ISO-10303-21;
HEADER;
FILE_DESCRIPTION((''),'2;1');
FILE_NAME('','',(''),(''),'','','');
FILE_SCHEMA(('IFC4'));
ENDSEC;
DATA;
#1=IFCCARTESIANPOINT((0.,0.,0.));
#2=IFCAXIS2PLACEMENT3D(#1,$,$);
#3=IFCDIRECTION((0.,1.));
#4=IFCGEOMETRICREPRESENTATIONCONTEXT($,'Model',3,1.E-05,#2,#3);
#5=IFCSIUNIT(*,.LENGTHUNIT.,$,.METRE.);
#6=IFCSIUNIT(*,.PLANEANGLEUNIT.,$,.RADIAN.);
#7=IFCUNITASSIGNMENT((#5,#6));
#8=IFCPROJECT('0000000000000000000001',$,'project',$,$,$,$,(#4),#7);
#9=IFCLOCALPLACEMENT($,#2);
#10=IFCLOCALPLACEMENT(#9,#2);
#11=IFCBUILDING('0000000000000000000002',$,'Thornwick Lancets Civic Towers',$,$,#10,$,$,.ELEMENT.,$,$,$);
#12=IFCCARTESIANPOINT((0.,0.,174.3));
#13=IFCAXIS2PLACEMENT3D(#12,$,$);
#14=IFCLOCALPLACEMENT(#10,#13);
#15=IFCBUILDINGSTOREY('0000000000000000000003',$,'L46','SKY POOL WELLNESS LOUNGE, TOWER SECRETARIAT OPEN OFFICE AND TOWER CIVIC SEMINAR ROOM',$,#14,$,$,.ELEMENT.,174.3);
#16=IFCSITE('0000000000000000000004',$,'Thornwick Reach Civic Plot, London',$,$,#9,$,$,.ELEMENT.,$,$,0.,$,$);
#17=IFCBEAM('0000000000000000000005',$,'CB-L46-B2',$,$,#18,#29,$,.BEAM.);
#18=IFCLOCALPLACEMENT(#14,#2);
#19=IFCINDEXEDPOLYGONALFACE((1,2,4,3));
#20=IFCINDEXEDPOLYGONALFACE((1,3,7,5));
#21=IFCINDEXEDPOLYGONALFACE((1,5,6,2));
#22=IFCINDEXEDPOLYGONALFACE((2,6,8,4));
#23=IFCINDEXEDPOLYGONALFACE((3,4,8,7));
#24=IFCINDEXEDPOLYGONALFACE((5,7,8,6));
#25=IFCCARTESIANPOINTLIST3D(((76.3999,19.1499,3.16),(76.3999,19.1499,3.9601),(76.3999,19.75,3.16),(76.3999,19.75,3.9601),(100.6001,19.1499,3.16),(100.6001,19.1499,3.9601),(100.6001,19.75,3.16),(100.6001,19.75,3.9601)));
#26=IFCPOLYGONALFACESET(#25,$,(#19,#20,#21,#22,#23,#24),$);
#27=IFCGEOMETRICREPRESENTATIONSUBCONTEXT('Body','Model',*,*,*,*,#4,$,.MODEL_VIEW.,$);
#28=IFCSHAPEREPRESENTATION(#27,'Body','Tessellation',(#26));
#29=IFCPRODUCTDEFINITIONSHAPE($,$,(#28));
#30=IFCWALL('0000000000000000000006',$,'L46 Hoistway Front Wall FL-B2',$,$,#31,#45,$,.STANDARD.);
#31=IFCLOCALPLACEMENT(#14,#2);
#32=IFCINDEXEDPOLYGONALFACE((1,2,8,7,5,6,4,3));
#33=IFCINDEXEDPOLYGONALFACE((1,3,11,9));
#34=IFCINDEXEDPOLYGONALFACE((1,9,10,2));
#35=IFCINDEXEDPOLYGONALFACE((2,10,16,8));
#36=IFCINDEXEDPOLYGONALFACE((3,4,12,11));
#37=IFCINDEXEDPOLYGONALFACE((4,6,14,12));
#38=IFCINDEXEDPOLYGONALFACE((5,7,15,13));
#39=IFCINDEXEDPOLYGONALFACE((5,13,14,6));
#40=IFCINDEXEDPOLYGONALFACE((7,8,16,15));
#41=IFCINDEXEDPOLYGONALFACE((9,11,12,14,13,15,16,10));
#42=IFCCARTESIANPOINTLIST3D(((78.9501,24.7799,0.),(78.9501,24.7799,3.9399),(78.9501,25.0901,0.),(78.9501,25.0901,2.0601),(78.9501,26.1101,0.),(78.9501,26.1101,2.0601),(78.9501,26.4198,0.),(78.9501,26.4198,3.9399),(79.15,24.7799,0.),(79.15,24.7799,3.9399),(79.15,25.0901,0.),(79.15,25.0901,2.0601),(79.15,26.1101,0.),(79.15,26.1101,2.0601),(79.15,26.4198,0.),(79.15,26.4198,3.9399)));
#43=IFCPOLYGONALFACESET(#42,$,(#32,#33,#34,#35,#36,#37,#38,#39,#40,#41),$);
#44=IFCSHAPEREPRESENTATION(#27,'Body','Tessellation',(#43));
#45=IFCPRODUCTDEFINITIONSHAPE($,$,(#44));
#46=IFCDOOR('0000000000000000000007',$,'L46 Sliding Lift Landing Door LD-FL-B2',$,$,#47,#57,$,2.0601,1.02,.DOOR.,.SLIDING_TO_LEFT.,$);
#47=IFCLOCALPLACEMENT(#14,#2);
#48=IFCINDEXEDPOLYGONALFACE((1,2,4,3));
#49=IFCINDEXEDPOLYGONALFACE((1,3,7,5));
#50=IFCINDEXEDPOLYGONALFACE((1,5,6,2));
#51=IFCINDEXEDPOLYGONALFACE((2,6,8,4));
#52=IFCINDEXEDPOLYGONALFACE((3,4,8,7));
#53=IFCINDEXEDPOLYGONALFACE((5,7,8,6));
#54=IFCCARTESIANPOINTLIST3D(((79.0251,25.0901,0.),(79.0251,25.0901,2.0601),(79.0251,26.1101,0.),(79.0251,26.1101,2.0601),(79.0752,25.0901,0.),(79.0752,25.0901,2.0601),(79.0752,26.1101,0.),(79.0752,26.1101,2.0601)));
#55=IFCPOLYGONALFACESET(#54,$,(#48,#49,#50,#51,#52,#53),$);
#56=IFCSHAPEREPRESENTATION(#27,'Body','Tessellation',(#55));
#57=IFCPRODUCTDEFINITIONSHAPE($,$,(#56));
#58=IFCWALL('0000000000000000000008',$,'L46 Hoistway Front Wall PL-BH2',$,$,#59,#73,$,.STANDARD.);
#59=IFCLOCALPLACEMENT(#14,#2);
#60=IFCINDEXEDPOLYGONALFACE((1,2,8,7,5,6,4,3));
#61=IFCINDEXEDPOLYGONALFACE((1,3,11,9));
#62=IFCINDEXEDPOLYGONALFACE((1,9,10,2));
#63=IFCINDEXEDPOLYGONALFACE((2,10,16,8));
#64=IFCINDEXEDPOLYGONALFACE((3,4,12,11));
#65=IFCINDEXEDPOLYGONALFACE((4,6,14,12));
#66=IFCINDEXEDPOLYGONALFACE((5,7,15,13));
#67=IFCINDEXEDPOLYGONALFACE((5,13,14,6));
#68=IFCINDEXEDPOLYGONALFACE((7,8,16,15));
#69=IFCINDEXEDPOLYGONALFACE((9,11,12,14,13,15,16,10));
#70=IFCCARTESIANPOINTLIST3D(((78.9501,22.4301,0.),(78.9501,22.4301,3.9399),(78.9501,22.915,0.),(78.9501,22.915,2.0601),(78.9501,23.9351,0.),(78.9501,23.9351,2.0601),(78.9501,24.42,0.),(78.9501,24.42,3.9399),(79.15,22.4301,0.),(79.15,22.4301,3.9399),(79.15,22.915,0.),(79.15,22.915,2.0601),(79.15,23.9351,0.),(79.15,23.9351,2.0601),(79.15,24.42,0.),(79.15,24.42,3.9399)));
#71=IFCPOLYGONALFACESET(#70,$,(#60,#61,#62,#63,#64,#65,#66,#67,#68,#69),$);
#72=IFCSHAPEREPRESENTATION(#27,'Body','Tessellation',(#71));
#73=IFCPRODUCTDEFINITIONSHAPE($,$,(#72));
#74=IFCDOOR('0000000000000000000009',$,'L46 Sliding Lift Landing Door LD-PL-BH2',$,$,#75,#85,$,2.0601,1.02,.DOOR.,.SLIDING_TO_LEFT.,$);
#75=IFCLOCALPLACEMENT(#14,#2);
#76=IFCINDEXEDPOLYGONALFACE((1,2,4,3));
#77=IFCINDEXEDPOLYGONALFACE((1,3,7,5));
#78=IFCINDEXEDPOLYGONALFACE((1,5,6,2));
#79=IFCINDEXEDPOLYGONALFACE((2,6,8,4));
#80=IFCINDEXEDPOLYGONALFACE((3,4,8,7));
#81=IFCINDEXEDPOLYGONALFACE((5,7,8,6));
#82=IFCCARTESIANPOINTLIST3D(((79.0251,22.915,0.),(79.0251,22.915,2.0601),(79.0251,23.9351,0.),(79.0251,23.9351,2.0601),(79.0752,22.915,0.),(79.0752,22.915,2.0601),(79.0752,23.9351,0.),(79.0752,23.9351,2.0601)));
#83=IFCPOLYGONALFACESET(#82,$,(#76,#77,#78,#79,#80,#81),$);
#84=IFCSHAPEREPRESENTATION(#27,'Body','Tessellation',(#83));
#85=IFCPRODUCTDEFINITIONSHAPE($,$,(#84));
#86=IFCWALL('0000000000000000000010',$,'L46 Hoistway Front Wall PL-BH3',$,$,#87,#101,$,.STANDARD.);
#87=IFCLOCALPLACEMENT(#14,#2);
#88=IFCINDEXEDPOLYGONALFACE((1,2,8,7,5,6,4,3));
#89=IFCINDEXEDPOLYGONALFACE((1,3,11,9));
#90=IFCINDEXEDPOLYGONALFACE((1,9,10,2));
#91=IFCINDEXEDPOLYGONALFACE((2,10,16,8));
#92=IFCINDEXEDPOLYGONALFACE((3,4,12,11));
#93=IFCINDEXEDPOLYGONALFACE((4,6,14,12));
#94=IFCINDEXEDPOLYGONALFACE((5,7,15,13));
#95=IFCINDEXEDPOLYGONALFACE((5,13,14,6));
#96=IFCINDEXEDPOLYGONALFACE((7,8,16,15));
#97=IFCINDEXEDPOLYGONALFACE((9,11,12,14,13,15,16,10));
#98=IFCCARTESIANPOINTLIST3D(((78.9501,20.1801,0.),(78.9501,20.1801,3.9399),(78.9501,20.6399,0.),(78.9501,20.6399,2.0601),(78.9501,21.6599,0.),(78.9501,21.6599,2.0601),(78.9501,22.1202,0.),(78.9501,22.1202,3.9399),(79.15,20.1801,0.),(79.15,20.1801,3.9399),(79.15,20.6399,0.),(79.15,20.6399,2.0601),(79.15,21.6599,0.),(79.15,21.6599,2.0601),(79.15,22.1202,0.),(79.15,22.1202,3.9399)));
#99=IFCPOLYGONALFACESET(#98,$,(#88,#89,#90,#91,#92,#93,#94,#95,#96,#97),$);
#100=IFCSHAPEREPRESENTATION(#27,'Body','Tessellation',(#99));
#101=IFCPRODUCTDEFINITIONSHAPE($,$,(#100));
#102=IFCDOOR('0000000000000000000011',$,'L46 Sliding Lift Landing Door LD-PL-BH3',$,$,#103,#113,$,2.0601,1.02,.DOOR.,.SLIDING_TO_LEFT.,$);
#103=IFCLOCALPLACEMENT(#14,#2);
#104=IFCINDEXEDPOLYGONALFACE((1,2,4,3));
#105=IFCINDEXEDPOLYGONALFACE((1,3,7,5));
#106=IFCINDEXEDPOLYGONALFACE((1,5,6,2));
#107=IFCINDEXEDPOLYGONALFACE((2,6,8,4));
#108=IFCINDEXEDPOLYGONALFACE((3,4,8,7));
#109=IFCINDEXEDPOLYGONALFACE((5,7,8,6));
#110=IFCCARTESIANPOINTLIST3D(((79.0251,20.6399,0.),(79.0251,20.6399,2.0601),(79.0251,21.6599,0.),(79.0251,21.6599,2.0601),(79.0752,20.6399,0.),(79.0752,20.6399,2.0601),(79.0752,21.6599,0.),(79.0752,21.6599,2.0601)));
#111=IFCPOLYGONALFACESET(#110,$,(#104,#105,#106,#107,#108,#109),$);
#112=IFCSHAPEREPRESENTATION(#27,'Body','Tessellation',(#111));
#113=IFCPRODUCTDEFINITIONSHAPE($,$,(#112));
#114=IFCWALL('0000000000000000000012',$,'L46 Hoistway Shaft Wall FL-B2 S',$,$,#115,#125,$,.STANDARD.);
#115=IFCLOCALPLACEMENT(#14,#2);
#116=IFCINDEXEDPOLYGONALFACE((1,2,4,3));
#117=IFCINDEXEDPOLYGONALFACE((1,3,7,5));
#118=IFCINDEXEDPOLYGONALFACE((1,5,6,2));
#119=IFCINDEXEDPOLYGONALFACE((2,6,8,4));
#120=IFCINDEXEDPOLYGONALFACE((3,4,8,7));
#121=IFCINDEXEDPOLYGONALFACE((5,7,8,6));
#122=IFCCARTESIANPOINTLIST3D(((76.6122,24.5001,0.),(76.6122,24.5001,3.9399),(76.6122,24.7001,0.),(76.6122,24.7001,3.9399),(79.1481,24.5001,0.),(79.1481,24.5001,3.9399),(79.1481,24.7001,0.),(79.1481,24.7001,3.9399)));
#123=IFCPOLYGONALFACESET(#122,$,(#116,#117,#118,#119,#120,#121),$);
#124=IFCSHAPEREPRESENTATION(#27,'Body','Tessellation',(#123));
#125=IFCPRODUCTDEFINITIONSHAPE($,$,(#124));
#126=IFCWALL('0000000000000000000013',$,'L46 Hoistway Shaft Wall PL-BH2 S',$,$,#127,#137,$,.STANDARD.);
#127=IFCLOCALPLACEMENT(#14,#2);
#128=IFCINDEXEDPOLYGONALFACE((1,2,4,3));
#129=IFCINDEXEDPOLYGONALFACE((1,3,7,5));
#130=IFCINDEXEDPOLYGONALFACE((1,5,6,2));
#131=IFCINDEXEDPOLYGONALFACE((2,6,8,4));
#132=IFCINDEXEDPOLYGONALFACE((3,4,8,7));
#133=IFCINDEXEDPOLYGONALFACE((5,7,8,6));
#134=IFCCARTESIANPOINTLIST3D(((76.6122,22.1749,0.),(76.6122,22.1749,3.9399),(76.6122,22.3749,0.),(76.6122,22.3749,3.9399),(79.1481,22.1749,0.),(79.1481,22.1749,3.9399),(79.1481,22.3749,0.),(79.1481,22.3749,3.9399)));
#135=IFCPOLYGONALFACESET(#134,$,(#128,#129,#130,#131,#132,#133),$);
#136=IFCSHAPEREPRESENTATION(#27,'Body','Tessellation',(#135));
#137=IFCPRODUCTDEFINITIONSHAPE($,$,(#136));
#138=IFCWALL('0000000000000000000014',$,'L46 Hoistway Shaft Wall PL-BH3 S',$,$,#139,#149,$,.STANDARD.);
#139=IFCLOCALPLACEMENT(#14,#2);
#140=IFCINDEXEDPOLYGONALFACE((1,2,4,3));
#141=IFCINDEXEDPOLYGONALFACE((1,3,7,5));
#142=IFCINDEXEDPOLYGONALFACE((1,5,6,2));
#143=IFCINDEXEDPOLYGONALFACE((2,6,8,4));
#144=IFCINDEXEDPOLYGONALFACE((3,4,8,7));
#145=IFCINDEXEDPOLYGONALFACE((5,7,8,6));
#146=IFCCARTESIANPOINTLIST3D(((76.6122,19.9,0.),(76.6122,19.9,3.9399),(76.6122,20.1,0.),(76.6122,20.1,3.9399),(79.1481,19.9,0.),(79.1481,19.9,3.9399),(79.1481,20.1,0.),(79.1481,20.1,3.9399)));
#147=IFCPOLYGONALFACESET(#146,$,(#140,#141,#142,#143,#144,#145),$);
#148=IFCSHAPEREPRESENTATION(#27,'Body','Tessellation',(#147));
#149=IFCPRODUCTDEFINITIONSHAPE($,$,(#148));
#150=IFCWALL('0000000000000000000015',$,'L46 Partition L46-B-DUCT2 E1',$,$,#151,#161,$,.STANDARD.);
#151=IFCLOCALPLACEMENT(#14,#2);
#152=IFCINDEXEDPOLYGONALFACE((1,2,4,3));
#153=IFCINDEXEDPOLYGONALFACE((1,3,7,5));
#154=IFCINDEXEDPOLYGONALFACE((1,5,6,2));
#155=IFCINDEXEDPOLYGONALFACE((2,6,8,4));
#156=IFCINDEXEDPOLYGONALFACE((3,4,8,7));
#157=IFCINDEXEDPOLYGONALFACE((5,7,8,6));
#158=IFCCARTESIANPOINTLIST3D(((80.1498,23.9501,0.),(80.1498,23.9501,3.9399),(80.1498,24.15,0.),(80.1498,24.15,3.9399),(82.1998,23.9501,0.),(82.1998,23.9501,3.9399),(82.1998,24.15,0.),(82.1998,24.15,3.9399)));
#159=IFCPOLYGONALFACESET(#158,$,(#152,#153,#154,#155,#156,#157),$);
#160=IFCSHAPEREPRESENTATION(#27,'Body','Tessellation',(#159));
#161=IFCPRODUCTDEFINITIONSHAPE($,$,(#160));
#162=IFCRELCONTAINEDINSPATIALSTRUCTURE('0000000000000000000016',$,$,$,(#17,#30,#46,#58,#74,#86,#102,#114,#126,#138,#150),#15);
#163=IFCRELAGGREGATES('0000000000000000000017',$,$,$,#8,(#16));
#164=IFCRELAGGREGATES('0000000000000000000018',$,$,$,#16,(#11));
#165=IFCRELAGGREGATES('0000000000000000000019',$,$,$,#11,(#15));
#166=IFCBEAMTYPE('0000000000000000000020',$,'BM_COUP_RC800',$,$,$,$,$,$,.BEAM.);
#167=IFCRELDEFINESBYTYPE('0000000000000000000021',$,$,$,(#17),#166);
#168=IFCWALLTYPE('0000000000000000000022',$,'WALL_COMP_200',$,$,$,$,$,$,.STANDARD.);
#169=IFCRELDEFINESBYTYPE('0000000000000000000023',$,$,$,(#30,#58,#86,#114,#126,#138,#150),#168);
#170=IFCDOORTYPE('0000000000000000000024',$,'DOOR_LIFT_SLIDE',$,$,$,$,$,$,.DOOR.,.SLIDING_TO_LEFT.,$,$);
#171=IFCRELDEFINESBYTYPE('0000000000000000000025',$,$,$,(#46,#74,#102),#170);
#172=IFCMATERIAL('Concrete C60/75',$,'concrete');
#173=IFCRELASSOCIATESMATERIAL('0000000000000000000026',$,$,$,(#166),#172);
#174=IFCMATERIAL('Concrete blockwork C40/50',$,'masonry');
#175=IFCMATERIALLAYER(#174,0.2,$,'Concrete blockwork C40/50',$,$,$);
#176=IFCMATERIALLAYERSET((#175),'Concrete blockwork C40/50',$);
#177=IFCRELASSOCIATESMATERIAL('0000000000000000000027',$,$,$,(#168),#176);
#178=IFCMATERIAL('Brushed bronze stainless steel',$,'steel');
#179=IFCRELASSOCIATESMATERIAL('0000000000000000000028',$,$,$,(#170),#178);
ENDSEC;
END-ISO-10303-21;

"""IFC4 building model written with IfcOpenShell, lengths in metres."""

from ifc_helpers import new_model, si_unit, direction, frame, frame_2d, origin, origin_2d, place, context, subcontext, project, spatial, rectangle, extrude, material, layer, layer_set, material_profile, profile_set, type_object, element, fill, save


model = new_model("IFC4")

# Units and contexts
model_context = context("Model", 3, precision=1e-05, world=origin(), true_north=direction((0.0, 1.0)))
body_context = subcontext(model_context, "Body", "Model", "MODEL_VIEW")
ifc_project = project(units=[si_unit("LENGTHUNIT", "METRE"), si_unit("PLANEANGLEUNIT", "RADIAN")], contexts=[model_context])

# Site, building, storey
site_placement = place(None, origin())
site = spatial("IfcSite", under=ifc_project, at=site_placement, Name="Thornwick Reach Civic Plot, London", CompositionType="ELEMENT", RefElevation=0.0)
building_placement = place(site_placement, origin())
building = spatial("IfcBuilding", under=site, at=building_placement, Name="Thornwick Lancets Civic Towers", CompositionType="ELEMENT")
storey_placement = place(building_placement, frame((0.0, 0.0, 174.3)))
storey = spatial("IfcBuildingStorey", under=building, at=storey_placement, Name="L46", Description="SKY POOL WELLNESS LOUNGE, TOWER SECRETARIAT OPEN OFFICE AND TOWER CIVIC SEMINAR ROOM", CompositionType="ELEMENT", Elevation=174.3)

# Beam
ifc_material_1 = material(Name="Concrete C60/75", Category="concrete")
ifc_material_profile = material_profile(ifc_material_1, rectangle(XDim=0.6001, YDim=0.8, at=origin_2d()), Name="RC 600x800")
ifc_profile_set = profile_set([ifc_material_profile], Name="Concrete C60/75")
beam_type = type_object("IfcBeamType", Name="BM_COUP_RC800", PredefinedType="BEAM", material=ifc_profile_set)
beam_placement = place(storey_placement, frame((76.3999, 19.45, 3.5601), z_axis=(1.0, 0.0, 0.0), x_axis=(0.0, 1.0, 0.0)))
element("IfcBeam", 1, at=beam_placement, inside=storey, type_object=beam_type, Name="CB-L46-B2", PredefinedType="BEAM", context=body_context, shape_type="SweptSolid", body=[
    extrude(rectangle(XDim=0.6001, YDim=0.8, at=origin_2d()), origin(), (0.0, 0.0, 1.0), 24.2002),
])

# Walls, openings, doors
ifc_material_2 = material(Name="Concrete blockwork C40/50", Category="masonry")
ifc_layer_1 = layer(ifc_material_2, 0.2, Name="Concrete blockwork C40/50")
ifc_layer_set_1 = layer_set([ifc_layer_1], Name="Concrete blockwork C40/50")
wall_type_1 = type_object("IfcWallType", Name="WALL_COMP_200", PredefinedType="STANDARD", material=ifc_layer_set_1)
wall_1_placement = place(storey_placement, frame((79.05, 24.78, 0.0), z_axis=(0.0, 0.0, 1.0), x_axis=(0.0, 1.0, 0.0)))
wall_1 = element("IfcWall", 2, at=wall_1_placement, inside=storey, type_object=wall_type_1, Name="L46 Hoistway Front Wall FL-B2", PredefinedType="STANDARD", context=body_context, shape_type="SweptSolid", body=[
    extrude(rectangle(XDim=1.6399, YDim=0.2, at=frame_2d((0.8198, 0.0))), origin(), (0.0, 0.0, 1.0), 3.9399),
])
opening_1_placement = place(wall_1_placement, frame((0.3101, 0.0, 0.0)))
opening_1 = element("IfcOpeningElement", 3, at=opening_1_placement, cuts=wall_1, PredefinedType="OPENING", context=body_context, shape_type="SweptSolid", body=[
    extrude(rectangle(XDim=1.02, YDim=2.0601, at=frame_2d((0.51, 1.03))), frame((0.0, 0.1099, 0.0), z_axis=(0.0, -1.0, 0.0), x_axis=(1.0, 0.0, 0.0)), (0.0, 0.0, 1.0), 0.22),
])
ifc_material_3 = material(Name="Brushed bronze stainless steel", Category="steel")
door_type_1 = type_object("IfcDoorType", Name="DOOR_LIFT_SLIDE", OperationType="SLIDING_TO_LEFT", PredefinedType="DOOR", material=ifc_material_3)
door_1_placement = place(opening_1_placement, origin())
door_1 = element("IfcDoor", 4, at=door_1_placement, inside=storey, type_object=door_type_1, Name="L46 Sliding Lift Landing Door LD-FL-B2", OperationType="SLIDING_TO_LEFT", OverallHeight=2.0601, OverallWidth=1.02, PredefinedType="DOOR", context=body_context, shape_type="SweptSolid", body=[
    extrude(rectangle(XDim=1.02, YDim=2.0601, at=frame_2d((0.51, 1.03))), frame((0.0, 0.0249, 0.0), z_axis=(0.0, -1.0, 0.0), x_axis=(1.0, 0.0, 0.0)), (0.0, 0.0, 1.0), 0.05),
])
fill(opening_1, door_1)
wall_2_placement = place(storey_placement, frame((79.05, 22.4299, 0.0), z_axis=(0.0, 0.0, 1.0), x_axis=(0.0, 1.0, 0.0)))
wall_2 = element("IfcWall", 5, at=wall_2_placement, inside=storey, type_object=wall_type_1, Name="L46 Hoistway Front Wall PL-BH2", PredefinedType="STANDARD", context=body_context, shape_type="SweptSolid", body=[
    extrude(rectangle(XDim=1.99, YDim=0.2, at=frame_2d((0.9951, 0.0))), origin(), (0.0, 0.0, 1.0), 3.9399),
])
opening_2_placement = place(wall_2_placement, frame((0.4851, 0.0, 0.0)))
opening_2 = element("IfcOpeningElement", 6, at=opening_2_placement, cuts=wall_2, PredefinedType="OPENING", context=body_context, shape_type="SweptSolid", body=[
    extrude(rectangle(XDim=1.02, YDim=2.0601, at=frame_2d((0.51, 1.03))), frame((0.0, 0.1099, 0.0), z_axis=(0.0, -1.0, 0.0), x_axis=(1.0, 0.0, 0.0)), (0.0, 0.0, 1.0), 0.22),
])
door_2_placement = place(opening_2_placement, origin())
door_2 = element("IfcDoor", 7, at=door_2_placement, inside=storey, type_object=door_type_1, Name="L46 Sliding Lift Landing Door LD-PL-BH2", OperationType="SLIDING_TO_LEFT", OverallHeight=2.0601, OverallWidth=1.02, PredefinedType="DOOR", context=body_context, shape_type="SweptSolid", body=[
    extrude(rectangle(XDim=1.02, YDim=2.0601, at=frame_2d((0.51, 1.03))), frame((0.0, 0.0249, 0.0), z_axis=(0.0, -1.0, 0.0), x_axis=(1.0, 0.0, 0.0)), (0.0, 0.0, 1.0), 0.05),
])
fill(opening_2, door_2)
wall_3_placement = place(storey_placement, frame((79.05, 20.1799, 0.0), z_axis=(0.0, 0.0, 1.0), x_axis=(0.0, 1.0, 0.0)))
wall_3 = element("IfcWall", 8, at=wall_3_placement, inside=storey, type_object=wall_type_1, Name="L46 Hoistway Front Wall PL-BH3", PredefinedType="STANDARD", context=body_context, shape_type="SweptSolid", body=[
    extrude(rectangle(XDim=1.9402, YDim=0.2, at=frame_2d((0.9702, 0.0))), origin(), (0.0, 0.0, 1.0), 3.9399),
])
opening_3_placement = place(wall_3_placement, frame((0.46, 0.0, 0.0)))
opening_3 = element("IfcOpeningElement", 9, at=opening_3_placement, cuts=wall_3, PredefinedType="OPENING", context=body_context, shape_type="SweptSolid", body=[
    extrude(rectangle(XDim=1.02, YDim=2.0601, at=frame_2d((0.51, 1.03))), frame((0.0, 0.1099, 0.0), z_axis=(0.0, -1.0, 0.0), x_axis=(1.0, 0.0, 0.0)), (0.0, 0.0, 1.0), 0.22),
])
door_3_placement = place(opening_3_placement, origin())
door_3 = element("IfcDoor", 10, at=door_3_placement, inside=storey, type_object=door_type_1, Name="L46 Sliding Lift Landing Door LD-PL-BH3", OperationType="SLIDING_TO_LEFT", OverallHeight=2.0601, OverallWidth=1.02, PredefinedType="DOOR", context=body_context, shape_type="SweptSolid", body=[
    extrude(rectangle(XDim=1.02, YDim=2.0601, at=frame_2d((0.51, 1.03))), frame((0.0, 0.0249, 0.0), z_axis=(0.0, -1.0, 0.0), x_axis=(1.0, 0.0, 0.0)), (0.0, 0.0, 1.0), 0.05),
])
fill(opening_3, door_3)

# Walls
for number, where, z_axis, x_axis, name in (
    (11, (76.6121, 24.6001, 0.0), (0.0, 0.0, 1.0), (1.0, 0.0, 0.0), "L46 Hoistway Shaft Wall FL-B2 S"),
    (12, (76.6121, 22.2749, 0.0), (0.0, 0.0, 1.0), (1.0, 0.0, 0.0), "L46 Hoistway Shaft Wall PL-BH2 S"),
    (13, (76.6121, 20.0, 0.0), (0.0, 0.0, 1.0), (1.0, 0.0, 0.0), "L46 Hoistway Shaft Wall PL-BH3 S"),
):
    element("IfcWall", number, at=place(storey_placement, frame(where, z_axis=z_axis, x_axis=x_axis)), inside=storey, type_object=wall_type_1, Name=name, PredefinedType="STANDARD", context=body_context, shape_type="SweptSolid", body=[
        extrude(rectangle(XDim=2.5359, YDim=0.2, at=frame_2d((1.2681, 0.0))), origin(), (0.0, 0.0, 1.0), 3.9399),
    ])
wall_4_placement = place(storey_placement, frame((80.1499, 24.05, 0.0), z_axis=(0.0, 0.0, 1.0), x_axis=(1.0, 0.0, 0.0)))
element("IfcWall", 14, at=wall_4_placement, inside=storey, type_object=wall_type_1, Name="L46 Partition L46-B-DUCT2 E1", PredefinedType="STANDARD", context=body_context, shape_type="SweptSolid", body=[
    extrude(rectangle(XDim=2.05, YDim=0.2, at=frame_2d((1.0249, 0.0))), origin(), (0.0, 0.0, 1.0), 3.9399),
])

save(model, "model.ifc")
